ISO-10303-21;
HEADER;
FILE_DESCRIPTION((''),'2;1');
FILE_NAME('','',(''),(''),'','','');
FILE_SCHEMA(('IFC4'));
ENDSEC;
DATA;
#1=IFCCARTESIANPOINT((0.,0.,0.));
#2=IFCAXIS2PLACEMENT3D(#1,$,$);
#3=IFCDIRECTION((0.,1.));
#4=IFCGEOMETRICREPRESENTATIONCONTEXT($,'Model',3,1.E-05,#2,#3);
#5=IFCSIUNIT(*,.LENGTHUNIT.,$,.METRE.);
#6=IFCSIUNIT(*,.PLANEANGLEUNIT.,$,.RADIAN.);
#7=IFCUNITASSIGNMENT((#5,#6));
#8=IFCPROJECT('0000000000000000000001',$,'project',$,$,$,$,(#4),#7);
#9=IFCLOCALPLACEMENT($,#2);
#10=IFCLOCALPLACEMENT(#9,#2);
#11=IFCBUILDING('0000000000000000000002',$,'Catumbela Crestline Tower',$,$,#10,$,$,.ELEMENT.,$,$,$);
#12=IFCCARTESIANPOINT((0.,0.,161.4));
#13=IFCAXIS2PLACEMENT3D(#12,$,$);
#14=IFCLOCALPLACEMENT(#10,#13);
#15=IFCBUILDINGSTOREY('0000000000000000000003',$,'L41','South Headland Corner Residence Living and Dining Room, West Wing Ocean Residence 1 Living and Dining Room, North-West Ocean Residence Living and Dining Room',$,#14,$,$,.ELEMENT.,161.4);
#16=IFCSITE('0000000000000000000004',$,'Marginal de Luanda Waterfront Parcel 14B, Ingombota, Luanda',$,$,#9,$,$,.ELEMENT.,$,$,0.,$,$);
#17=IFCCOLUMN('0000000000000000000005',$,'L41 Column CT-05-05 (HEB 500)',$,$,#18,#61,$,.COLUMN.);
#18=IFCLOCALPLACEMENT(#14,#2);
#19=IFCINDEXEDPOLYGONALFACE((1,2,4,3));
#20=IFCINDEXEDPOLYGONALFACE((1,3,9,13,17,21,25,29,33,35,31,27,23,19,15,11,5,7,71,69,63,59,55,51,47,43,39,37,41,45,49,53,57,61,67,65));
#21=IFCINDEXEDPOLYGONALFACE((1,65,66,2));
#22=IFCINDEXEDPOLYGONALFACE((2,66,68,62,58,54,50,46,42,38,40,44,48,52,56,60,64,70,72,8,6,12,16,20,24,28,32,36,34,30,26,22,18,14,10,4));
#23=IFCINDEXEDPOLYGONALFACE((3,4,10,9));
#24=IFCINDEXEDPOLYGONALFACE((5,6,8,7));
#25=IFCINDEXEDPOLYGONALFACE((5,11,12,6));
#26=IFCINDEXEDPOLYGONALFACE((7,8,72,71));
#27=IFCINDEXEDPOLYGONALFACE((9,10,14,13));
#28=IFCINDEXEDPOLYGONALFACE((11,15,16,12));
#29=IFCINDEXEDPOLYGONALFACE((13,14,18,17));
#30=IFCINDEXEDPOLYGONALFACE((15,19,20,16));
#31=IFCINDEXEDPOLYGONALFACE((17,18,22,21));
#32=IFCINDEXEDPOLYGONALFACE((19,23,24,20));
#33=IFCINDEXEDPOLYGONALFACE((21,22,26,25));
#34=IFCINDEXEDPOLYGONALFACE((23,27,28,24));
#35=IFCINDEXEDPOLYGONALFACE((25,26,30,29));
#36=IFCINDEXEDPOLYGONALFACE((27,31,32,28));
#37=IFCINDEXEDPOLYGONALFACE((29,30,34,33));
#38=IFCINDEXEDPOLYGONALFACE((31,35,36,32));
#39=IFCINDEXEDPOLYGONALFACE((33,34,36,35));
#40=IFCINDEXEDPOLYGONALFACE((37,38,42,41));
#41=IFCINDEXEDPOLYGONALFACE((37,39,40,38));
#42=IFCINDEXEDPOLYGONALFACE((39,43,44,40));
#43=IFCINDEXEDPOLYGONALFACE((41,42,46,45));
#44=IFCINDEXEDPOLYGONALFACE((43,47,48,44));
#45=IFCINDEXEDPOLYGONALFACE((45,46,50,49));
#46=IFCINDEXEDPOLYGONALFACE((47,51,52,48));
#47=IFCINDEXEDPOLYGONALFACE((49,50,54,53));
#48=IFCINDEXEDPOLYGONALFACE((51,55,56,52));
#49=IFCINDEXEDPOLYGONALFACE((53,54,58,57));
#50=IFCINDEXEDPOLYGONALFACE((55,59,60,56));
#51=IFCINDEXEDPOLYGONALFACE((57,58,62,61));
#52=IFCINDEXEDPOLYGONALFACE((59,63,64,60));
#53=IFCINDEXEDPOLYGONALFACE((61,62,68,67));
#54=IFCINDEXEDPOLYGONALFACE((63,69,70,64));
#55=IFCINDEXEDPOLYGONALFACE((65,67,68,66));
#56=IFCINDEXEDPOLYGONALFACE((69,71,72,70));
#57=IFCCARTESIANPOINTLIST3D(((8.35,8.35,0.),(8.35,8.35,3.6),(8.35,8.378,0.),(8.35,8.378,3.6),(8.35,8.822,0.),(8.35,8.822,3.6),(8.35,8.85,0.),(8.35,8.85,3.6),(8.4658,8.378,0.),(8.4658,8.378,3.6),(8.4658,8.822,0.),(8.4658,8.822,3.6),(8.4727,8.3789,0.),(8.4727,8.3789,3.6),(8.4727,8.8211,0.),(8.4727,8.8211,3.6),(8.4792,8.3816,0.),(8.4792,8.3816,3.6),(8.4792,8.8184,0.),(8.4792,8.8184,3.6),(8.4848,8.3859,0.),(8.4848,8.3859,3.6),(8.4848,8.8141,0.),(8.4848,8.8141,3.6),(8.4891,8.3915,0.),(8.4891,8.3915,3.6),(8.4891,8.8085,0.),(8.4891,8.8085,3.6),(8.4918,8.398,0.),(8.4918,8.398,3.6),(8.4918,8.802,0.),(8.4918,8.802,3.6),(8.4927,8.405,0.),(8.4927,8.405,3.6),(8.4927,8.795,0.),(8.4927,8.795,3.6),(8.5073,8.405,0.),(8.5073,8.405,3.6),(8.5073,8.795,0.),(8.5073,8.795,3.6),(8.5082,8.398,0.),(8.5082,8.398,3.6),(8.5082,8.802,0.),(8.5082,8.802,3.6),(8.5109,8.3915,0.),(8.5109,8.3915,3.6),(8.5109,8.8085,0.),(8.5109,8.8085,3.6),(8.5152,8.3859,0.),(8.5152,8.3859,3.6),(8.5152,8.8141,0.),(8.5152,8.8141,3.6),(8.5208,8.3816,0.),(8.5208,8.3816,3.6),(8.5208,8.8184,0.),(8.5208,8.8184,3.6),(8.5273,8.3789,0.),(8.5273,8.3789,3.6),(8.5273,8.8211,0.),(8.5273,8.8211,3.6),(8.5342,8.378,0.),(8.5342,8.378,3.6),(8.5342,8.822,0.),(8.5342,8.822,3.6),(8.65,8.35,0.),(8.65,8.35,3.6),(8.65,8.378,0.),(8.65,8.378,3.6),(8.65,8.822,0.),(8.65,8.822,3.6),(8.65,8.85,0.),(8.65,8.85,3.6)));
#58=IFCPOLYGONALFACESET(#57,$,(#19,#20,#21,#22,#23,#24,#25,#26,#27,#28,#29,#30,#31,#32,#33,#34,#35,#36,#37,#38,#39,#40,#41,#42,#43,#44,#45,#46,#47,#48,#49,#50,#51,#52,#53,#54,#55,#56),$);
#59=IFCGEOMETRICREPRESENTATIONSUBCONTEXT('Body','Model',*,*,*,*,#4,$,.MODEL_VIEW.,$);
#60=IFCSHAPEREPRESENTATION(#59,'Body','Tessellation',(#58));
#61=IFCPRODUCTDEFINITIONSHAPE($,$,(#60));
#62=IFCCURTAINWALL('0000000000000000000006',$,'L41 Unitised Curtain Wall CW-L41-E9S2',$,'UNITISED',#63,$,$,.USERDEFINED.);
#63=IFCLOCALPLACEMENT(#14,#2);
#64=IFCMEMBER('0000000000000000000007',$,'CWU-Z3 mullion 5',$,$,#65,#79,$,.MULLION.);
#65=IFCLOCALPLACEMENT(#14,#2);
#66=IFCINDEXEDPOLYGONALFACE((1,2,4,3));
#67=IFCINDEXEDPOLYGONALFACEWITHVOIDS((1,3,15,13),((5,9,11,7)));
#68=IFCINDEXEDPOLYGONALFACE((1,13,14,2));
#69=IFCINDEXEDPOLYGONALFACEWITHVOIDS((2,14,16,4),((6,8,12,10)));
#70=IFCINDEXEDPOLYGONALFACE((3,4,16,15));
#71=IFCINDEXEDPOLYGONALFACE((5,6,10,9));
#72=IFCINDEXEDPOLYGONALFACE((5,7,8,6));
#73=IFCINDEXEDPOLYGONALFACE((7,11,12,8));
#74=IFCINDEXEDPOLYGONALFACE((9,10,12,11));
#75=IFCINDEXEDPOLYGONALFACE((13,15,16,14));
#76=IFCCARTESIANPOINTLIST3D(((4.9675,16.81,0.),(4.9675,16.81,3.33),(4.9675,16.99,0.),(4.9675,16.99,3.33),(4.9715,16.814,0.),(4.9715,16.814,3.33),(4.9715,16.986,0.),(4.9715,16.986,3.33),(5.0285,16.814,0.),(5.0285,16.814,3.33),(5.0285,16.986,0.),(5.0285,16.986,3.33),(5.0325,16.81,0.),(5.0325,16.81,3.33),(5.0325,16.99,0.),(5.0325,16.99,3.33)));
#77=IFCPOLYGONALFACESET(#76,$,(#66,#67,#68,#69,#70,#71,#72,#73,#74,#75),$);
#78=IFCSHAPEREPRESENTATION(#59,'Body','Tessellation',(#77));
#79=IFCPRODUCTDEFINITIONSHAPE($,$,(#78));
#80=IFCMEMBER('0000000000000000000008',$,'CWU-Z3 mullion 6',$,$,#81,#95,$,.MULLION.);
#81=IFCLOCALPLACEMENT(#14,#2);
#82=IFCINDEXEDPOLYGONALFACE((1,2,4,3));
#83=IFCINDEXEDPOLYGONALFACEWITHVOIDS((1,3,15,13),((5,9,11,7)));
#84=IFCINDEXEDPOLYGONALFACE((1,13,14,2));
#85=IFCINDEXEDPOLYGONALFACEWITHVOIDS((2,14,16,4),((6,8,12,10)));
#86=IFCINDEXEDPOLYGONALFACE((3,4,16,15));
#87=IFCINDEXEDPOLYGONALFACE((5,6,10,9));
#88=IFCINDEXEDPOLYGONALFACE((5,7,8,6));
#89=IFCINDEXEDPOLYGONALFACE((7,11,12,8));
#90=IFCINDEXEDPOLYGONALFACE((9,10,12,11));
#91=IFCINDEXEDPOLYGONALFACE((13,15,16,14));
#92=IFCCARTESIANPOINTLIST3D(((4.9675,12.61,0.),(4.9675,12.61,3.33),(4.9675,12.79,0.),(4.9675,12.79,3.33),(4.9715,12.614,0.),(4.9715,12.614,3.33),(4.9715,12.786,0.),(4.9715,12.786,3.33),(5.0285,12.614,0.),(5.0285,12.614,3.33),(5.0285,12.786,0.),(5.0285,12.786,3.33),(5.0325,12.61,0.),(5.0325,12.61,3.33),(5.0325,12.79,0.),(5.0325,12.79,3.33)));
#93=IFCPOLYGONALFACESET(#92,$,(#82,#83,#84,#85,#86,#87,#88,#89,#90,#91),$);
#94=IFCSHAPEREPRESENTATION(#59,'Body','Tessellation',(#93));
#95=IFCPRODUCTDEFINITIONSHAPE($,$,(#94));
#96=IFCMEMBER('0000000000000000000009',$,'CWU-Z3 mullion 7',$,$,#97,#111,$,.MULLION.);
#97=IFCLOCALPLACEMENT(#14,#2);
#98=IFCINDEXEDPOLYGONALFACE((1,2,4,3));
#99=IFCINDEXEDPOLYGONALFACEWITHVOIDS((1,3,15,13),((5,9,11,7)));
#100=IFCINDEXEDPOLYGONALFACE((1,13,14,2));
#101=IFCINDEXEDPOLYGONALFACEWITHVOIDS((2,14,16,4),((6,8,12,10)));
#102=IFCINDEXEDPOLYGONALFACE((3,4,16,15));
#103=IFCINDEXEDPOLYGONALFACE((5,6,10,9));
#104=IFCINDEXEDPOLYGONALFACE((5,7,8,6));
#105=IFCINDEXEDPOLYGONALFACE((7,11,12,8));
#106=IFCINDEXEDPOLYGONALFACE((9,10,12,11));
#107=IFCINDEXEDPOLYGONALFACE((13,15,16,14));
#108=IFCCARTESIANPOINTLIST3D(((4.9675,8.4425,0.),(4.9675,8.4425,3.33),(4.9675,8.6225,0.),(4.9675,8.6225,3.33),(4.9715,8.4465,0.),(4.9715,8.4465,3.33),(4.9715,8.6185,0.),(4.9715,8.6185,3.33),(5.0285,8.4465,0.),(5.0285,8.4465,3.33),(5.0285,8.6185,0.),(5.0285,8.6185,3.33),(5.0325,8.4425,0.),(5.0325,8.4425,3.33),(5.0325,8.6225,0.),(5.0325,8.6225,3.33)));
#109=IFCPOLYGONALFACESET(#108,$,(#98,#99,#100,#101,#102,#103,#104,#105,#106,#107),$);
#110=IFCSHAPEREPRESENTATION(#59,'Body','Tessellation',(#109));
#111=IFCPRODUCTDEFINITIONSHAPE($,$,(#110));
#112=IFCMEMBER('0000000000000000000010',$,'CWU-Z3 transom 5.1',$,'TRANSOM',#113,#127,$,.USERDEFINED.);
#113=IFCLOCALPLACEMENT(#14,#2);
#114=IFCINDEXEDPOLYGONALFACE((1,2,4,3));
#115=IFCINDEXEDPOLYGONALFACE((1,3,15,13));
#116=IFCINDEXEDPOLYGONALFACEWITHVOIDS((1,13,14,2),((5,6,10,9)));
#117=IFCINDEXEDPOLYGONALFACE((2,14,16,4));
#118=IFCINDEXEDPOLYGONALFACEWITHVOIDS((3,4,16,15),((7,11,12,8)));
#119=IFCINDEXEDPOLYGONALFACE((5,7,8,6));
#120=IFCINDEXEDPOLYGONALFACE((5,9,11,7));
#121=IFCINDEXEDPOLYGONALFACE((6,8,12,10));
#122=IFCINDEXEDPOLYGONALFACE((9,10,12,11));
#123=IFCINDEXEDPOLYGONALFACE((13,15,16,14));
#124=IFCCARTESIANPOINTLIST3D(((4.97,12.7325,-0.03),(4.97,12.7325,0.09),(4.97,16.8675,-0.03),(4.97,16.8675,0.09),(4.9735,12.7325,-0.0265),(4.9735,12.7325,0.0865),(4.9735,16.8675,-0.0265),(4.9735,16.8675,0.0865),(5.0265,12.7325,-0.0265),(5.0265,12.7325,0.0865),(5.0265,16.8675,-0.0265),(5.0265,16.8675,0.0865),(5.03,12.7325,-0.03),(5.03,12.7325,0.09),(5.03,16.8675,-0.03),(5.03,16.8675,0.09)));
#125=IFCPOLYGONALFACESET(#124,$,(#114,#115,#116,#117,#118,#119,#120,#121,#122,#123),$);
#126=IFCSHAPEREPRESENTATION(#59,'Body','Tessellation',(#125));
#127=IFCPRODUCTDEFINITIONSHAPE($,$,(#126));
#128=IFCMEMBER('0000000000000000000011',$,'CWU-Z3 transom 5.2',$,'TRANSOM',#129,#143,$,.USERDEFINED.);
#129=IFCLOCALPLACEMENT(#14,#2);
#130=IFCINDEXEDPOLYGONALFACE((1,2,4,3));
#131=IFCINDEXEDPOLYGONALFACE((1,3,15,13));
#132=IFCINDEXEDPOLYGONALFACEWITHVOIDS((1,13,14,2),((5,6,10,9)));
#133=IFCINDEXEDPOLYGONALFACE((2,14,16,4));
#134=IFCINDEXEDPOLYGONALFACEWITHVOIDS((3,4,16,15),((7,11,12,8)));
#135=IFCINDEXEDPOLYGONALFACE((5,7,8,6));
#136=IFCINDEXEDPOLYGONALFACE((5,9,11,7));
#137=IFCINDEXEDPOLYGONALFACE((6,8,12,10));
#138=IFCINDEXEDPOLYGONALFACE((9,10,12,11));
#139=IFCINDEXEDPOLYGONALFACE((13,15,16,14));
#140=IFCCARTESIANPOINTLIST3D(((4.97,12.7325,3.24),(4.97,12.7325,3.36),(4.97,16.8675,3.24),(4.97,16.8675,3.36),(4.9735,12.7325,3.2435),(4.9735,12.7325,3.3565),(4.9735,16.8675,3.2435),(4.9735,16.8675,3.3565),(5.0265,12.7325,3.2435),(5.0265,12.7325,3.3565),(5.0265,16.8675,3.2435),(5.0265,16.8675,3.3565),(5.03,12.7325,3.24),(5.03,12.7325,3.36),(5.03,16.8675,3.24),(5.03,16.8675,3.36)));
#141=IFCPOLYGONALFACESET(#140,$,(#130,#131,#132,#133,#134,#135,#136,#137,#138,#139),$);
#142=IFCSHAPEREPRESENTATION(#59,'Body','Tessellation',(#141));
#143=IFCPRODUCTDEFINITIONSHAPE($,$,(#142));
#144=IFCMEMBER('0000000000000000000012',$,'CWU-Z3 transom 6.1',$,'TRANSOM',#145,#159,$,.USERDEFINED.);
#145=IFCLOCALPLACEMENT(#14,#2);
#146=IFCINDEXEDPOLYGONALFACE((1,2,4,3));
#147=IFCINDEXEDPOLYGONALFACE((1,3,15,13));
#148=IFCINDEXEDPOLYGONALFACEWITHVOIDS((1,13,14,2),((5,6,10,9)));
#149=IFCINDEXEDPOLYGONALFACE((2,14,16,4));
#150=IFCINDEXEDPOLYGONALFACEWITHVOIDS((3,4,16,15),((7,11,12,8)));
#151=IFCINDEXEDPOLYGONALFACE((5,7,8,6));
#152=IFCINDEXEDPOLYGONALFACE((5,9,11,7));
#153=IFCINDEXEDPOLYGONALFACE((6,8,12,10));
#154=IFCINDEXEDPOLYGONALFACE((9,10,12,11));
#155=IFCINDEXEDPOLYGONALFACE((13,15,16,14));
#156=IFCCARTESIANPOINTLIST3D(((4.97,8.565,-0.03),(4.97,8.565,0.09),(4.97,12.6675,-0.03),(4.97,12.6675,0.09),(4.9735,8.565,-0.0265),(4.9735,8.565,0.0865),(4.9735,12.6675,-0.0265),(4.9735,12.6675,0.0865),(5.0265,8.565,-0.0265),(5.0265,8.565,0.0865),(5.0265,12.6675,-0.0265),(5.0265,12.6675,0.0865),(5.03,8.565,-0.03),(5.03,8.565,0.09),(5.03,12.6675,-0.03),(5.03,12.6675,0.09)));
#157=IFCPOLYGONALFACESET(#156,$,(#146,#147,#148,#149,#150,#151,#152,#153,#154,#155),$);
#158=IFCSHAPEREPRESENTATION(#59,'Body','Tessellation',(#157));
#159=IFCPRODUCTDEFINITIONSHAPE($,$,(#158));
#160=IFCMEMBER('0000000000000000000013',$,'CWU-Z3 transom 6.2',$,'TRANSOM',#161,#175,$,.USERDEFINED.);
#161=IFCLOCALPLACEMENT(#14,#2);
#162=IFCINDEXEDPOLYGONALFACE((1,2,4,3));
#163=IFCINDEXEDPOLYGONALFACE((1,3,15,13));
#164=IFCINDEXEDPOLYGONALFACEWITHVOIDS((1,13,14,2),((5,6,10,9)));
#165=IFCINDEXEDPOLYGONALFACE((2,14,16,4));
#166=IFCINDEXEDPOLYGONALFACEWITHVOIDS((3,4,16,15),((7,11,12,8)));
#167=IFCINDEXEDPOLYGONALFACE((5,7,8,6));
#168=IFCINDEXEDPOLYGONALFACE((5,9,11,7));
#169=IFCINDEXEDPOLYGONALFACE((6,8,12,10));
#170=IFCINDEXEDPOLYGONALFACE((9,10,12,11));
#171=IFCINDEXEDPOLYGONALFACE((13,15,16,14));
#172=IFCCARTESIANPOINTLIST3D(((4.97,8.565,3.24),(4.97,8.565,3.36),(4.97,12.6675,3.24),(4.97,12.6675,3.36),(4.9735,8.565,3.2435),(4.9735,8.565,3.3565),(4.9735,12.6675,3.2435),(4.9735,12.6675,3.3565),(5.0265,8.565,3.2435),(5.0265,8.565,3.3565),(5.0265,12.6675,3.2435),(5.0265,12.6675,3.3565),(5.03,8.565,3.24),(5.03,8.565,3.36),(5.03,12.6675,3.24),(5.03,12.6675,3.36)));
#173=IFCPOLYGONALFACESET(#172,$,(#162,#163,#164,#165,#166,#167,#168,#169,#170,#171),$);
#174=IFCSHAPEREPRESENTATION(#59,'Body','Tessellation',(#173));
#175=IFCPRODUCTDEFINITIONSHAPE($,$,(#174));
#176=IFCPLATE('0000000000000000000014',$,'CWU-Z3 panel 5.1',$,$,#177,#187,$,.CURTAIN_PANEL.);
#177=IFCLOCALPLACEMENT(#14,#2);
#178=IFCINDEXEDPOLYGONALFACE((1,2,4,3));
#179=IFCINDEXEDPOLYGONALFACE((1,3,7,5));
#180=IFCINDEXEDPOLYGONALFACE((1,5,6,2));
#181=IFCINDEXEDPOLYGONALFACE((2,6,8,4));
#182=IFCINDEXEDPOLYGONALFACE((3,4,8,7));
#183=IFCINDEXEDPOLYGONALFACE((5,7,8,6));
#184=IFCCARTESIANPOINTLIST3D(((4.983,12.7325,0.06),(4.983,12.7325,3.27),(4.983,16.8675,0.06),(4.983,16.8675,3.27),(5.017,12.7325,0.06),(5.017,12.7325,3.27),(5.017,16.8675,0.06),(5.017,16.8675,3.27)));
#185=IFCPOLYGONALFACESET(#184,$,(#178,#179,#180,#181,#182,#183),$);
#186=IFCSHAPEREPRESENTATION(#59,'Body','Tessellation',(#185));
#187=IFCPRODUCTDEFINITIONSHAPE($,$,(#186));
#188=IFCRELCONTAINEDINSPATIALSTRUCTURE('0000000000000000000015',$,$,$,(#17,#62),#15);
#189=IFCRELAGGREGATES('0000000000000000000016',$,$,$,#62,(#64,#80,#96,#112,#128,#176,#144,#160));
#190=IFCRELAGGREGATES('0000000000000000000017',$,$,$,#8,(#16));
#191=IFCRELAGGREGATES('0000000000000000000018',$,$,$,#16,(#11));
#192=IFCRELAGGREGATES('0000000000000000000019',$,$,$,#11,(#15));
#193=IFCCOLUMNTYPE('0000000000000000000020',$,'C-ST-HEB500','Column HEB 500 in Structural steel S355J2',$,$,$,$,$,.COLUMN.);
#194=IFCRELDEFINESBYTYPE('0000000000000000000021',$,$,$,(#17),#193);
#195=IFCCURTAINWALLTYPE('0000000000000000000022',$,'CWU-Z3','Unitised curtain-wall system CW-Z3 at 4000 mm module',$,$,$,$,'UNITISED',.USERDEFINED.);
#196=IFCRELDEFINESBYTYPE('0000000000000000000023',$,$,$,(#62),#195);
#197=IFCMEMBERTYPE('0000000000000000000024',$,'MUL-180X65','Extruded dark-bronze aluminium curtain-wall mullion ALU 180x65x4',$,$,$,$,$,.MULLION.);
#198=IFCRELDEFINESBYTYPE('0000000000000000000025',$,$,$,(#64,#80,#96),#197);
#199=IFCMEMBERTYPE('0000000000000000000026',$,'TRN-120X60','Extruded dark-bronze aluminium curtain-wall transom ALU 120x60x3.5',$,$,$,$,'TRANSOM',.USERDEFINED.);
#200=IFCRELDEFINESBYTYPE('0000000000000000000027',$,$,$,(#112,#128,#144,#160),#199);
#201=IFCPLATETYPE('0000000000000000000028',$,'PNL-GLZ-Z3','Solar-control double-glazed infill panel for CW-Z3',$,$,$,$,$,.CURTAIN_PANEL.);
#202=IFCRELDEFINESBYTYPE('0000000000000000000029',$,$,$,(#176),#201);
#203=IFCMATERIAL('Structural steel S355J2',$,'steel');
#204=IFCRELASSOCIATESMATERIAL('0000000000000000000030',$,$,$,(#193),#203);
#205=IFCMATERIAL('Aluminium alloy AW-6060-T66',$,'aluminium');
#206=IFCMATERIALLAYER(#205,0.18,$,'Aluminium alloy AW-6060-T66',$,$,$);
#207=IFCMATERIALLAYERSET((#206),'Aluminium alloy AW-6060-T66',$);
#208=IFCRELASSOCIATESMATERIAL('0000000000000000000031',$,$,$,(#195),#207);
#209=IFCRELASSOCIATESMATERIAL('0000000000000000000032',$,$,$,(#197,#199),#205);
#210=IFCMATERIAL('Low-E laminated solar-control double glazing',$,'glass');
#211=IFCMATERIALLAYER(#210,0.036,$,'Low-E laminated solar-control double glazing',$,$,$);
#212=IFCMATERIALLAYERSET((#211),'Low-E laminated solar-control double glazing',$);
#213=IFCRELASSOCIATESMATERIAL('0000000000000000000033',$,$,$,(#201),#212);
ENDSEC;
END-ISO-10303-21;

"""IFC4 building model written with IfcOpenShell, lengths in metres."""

from ifc_helpers import new_model, si_unit, direction, frame, origin, origin_2d, place, context, subcontext, project, spatial, rectangle, hollow_rectangle, i_section, extrude, material, layer, layer_set, material_profile, profile_set, type_object, element, aggregate, save


model = new_model("IFC4")

# Units and contexts
model_context = context("Model", 3, precision=1e-05, world=origin(), true_north=direction((0.0, 1.0)))
body_context = subcontext(model_context, "Body", "Model", "MODEL_VIEW")
ifc_project = project(units=[si_unit("LENGTHUNIT", "METRE"), si_unit("PLANEANGLEUNIT", "RADIAN")], contexts=[model_context])

# Site, building, storey
site_placement = place(None, origin())
site = spatial("IfcSite", under=ifc_project, at=site_placement, Name="Marginal de Luanda Waterfront Parcel 14B, Ingombota, Luanda", CompositionType="ELEMENT", RefElevation=0.0)
building_placement = place(site_placement, origin())
building = spatial("IfcBuilding", under=site, at=building_placement, Name="Catumbela Crestline Tower", CompositionType="ELEMENT")
storey_placement = place(building_placement, frame((0.0, 0.0, 161.4)))
storey = spatial("IfcBuildingStorey", under=building, at=storey_placement, Name="L41", Description="South Headland Corner Residence Living and Dining Room, West Wing Ocean Residence 1 Living and Dining Room, North-West Ocean Residence Living and Dining Room", CompositionType="ELEMENT", Elevation=161.4)

# Column
ifc_material_1 = material(Name="Structural steel S355J2", Category="steel")
ifc_material_profile_1 = material_profile(ifc_material_1, i_section(OverallWidth=0.3, OverallDepth=0.5, WebThickness=0.0145, FlangeThickness=0.028, FilletRadius=0.027, at=origin_2d()), Name="HEB 500")
ifc_profile_set_1 = profile_set([ifc_material_profile_1], Name="Structural steel S355J2")
column_type = type_object("IfcColumnType", Name="C-ST-HEB500", Description="Column HEB 500 in Structural steel S355J2", PredefinedType="COLUMN", material=ifc_profile_set_1)
column_placement = place(storey_placement, frame((8.5, 8.6, 0.0), z_axis=(0.0, 0.0, 1.0), x_axis=(1.0, 0.0, 0.0)))
element("IfcColumn", 1, at=column_placement, inside=storey, type_object=column_type, Name="L41 Column CT-05-05 (HEB 500)", PredefinedType="COLUMN", context=body_context, shape_type="SweptSolid", body=[
    extrude(i_section(OverallWidth=0.3, OverallDepth=0.5, WebThickness=0.0145, FlangeThickness=0.028, FilletRadius=0.027, at=origin_2d()), origin(), (0.0, 0.0, 1.0), 3.6),
])

# Curtain wall, members, plate
ifc_material_2 = material(Name="Aluminium alloy AW-6060-T66", Category="aluminium")
ifc_layer_1 = layer(ifc_material_2, 0.18, Name="Aluminium alloy AW-6060-T66")
ifc_layer_set_1 = layer_set([ifc_layer_1], Name="Aluminium alloy AW-6060-T66")
curtain_wall_type = type_object("IfcCurtainWallType", Name="CWU-Z3", Description="Unitised curtain-wall system CW-Z3 at 4000 mm module", ElementType="UNITISED", PredefinedType="USERDEFINED", material=ifc_layer_set_1)
curtain_wall_placement = place(storey_placement, origin())
curtain_wall = element("IfcCurtainWall", 2, at=curtain_wall_placement, inside=storey, type_object=curtain_wall_type, Name="L41 Unitised Curtain Wall CW-L41-E9S2", ObjectType="UNITISED", PredefinedType="USERDEFINED")
ifc_material_profile_2 = material_profile(ifc_material_2, hollow_rectangle(XDim=0.065, YDim=0.18, WallThickness=0.004, at=origin_2d()), Name="ALU 180x65x4")
ifc_profile_set_2 = profile_set([ifc_material_profile_2], Name="Aluminium alloy AW-6060-T66")
member_type_1 = type_object("IfcMemberType", Name="MUL-180X65", Description="Extruded dark-bronze aluminium curtain-wall mullion ALU 180x65x4", PredefinedType="MULLION", material=ifc_profile_set_2)
member_1_placement = place(storey_placement, frame((5.0, 16.9, 0.0), z_axis=(0.0, 0.0, 1.0), x_axis=(1.0, 0.0, 0.0)))
member_1 = element("IfcMember", 3, at=member_1_placement, type_object=member_type_1, Name="CWU-Z3 mullion 5", PredefinedType="MULLION", context=body_context, shape_type="SweptSolid", body=[
    extrude(hollow_rectangle(XDim=0.065, YDim=0.18, WallThickness=0.004, at=origin_2d()), origin(), (0.0, 0.0, 1.0), 3.33),
])
member_2_placement = place(storey_placement, frame((5.0, 12.7, 0.0), z_axis=(0.0, 0.0, 1.0), x_axis=(1.0, 0.0, 0.0)))
member_2 = element("IfcMember", 4, at=member_2_placement, type_object=member_type_1, Name="CWU-Z3 mullion 6", PredefinedType="MULLION", context=body_context, shape_type="SweptSolid", body=[
    extrude(hollow_rectangle(XDim=0.065, YDim=0.18, WallThickness=0.004, at=origin_2d()), origin(), (0.0, 0.0, 1.0), 3.33),
])
member_3_placement = place(storey_placement, frame((5.0, 8.5325, 0.0), z_axis=(0.0, 0.0, 1.0), x_axis=(1.0, 0.0, 0.0)))
member_3 = element("IfcMember", 5, at=member_3_placement, type_object=member_type_1, Name="CWU-Z3 mullion 7", PredefinedType="MULLION", context=body_context, shape_type="SweptSolid", body=[
    extrude(hollow_rectangle(XDim=0.065, YDim=0.18, WallThickness=0.004, at=origin_2d()), origin(), (0.0, 0.0, 1.0), 3.33),
])
ifc_material_profile_3 = material_profile(ifc_material_2, hollow_rectangle(XDim=0.06, YDim=0.12, WallThickness=0.0035, at=origin_2d()), Name="ALU 120x60x3.5")
ifc_profile_set_3 = profile_set([ifc_material_profile_3], Name="Aluminium alloy AW-6060-T66")
member_type_2 = type_object("IfcMemberType", Name="TRN-120X60", Description="Extruded dark-bronze aluminium curtain-wall transom ALU 120x60x3.5", ElementType="TRANSOM", PredefinedType="USERDEFINED", material=ifc_profile_set_3)
member_4_placement = place(storey_placement, frame((5.0, 16.8675, 0.03), z_axis=(0.0, -1.0, 0.0), x_axis=(1.0, 0.0, 0.0)))
member_4 = element("IfcMember", 6, at=member_4_placement, type_object=member_type_2, Name="CWU-Z3 transom 5.1", ObjectType="TRANSOM", PredefinedType="USERDEFINED", context=body_context, shape_type="SweptSolid", body=[
    extrude(hollow_rectangle(XDim=0.06, YDim=0.12, WallThickness=0.0035, at=origin_2d()), origin(), (0.0, 0.0, 1.0), 4.135),
])
member_5_placement = place(storey_placement, frame((5.0, 16.8675, 3.3), z_axis=(0.0, -1.0, 0.0), x_axis=(1.0, 0.0, 0.0)))
member_5 = element("IfcMember", 7, at=member_5_placement, type_object=member_type_2, Name="CWU-Z3 transom 5.2", ObjectType="TRANSOM", PredefinedType="USERDEFINED", context=body_context, shape_type="SweptSolid", body=[
    extrude(hollow_rectangle(XDim=0.06, YDim=0.12, WallThickness=0.0035, at=origin_2d()), origin(), (0.0, 0.0, 1.0), 4.135),
])
member_6_placement = place(storey_placement, frame((5.0, 12.6675, 0.03), z_axis=(0.0, -1.0, 0.0), x_axis=(1.0, 0.0, 0.0)))
member_6 = element("IfcMember", 8, at=member_6_placement, type_object=member_type_2, Name="CWU-Z3 transom 6.1", ObjectType="TRANSOM", PredefinedType="USERDEFINED", context=body_context, shape_type="SweptSolid", body=[
    extrude(hollow_rectangle(XDim=0.06, YDim=0.12, WallThickness=0.0035, at=origin_2d()), origin(), (0.0, 0.0, 1.0), 4.1025),
])
member_7_placement = place(storey_placement, frame((5.0, 12.6675, 3.3), z_axis=(0.0, -1.0, 0.0), x_axis=(1.0, 0.0, 0.0)))
member_7 = element("IfcMember", 9, at=member_7_placement, type_object=member_type_2, Name="CWU-Z3 transom 6.2", ObjectType="TRANSOM", PredefinedType="USERDEFINED", context=body_context, shape_type="SweptSolid", body=[
    extrude(hollow_rectangle(XDim=0.06, YDim=0.12, WallThickness=0.0035, at=origin_2d()), origin(), (0.0, 0.0, 1.0), 4.1025),
])
ifc_material_3 = material(Name="Low-E laminated solar-control double glazing", Category="glass")
ifc_layer_2 = layer(ifc_material_3, 0.036, Name="Low-E laminated solar-control double glazing")
ifc_layer_set_2 = layer_set([ifc_layer_2], Name="Low-E laminated solar-control double glazing")
plate_type = type_object("IfcPlateType", Name="PNL-GLZ-Z3", Description="Solar-control double-glazed infill panel for CW-Z3", PredefinedType="CURTAIN_PANEL", material=ifc_layer_set_2)
plate_1_placement = place(storey_placement, frame((5.0, 14.8, 0.06), z_axis=(0.0, 0.0, 1.0), x_axis=(0.0, -1.0, 0.0)))
plate_1 = element("IfcPlate", 10, at=plate_1_placement, type_object=plate_type, Name="CWU-Z3 panel 5.1", PredefinedType="CURTAIN_PANEL", context=body_context, shape_type="SweptSolid", body=[
    extrude(rectangle(XDim=4.135, YDim=0.034, at=origin_2d()), origin(), (0.0, 0.0, 1.0), 3.21),
])
aggregate(curtain_wall, [member_1, member_2, member_3, member_4, member_5, plate_1, member_6, member_7])

save(model, "model.ifc")
